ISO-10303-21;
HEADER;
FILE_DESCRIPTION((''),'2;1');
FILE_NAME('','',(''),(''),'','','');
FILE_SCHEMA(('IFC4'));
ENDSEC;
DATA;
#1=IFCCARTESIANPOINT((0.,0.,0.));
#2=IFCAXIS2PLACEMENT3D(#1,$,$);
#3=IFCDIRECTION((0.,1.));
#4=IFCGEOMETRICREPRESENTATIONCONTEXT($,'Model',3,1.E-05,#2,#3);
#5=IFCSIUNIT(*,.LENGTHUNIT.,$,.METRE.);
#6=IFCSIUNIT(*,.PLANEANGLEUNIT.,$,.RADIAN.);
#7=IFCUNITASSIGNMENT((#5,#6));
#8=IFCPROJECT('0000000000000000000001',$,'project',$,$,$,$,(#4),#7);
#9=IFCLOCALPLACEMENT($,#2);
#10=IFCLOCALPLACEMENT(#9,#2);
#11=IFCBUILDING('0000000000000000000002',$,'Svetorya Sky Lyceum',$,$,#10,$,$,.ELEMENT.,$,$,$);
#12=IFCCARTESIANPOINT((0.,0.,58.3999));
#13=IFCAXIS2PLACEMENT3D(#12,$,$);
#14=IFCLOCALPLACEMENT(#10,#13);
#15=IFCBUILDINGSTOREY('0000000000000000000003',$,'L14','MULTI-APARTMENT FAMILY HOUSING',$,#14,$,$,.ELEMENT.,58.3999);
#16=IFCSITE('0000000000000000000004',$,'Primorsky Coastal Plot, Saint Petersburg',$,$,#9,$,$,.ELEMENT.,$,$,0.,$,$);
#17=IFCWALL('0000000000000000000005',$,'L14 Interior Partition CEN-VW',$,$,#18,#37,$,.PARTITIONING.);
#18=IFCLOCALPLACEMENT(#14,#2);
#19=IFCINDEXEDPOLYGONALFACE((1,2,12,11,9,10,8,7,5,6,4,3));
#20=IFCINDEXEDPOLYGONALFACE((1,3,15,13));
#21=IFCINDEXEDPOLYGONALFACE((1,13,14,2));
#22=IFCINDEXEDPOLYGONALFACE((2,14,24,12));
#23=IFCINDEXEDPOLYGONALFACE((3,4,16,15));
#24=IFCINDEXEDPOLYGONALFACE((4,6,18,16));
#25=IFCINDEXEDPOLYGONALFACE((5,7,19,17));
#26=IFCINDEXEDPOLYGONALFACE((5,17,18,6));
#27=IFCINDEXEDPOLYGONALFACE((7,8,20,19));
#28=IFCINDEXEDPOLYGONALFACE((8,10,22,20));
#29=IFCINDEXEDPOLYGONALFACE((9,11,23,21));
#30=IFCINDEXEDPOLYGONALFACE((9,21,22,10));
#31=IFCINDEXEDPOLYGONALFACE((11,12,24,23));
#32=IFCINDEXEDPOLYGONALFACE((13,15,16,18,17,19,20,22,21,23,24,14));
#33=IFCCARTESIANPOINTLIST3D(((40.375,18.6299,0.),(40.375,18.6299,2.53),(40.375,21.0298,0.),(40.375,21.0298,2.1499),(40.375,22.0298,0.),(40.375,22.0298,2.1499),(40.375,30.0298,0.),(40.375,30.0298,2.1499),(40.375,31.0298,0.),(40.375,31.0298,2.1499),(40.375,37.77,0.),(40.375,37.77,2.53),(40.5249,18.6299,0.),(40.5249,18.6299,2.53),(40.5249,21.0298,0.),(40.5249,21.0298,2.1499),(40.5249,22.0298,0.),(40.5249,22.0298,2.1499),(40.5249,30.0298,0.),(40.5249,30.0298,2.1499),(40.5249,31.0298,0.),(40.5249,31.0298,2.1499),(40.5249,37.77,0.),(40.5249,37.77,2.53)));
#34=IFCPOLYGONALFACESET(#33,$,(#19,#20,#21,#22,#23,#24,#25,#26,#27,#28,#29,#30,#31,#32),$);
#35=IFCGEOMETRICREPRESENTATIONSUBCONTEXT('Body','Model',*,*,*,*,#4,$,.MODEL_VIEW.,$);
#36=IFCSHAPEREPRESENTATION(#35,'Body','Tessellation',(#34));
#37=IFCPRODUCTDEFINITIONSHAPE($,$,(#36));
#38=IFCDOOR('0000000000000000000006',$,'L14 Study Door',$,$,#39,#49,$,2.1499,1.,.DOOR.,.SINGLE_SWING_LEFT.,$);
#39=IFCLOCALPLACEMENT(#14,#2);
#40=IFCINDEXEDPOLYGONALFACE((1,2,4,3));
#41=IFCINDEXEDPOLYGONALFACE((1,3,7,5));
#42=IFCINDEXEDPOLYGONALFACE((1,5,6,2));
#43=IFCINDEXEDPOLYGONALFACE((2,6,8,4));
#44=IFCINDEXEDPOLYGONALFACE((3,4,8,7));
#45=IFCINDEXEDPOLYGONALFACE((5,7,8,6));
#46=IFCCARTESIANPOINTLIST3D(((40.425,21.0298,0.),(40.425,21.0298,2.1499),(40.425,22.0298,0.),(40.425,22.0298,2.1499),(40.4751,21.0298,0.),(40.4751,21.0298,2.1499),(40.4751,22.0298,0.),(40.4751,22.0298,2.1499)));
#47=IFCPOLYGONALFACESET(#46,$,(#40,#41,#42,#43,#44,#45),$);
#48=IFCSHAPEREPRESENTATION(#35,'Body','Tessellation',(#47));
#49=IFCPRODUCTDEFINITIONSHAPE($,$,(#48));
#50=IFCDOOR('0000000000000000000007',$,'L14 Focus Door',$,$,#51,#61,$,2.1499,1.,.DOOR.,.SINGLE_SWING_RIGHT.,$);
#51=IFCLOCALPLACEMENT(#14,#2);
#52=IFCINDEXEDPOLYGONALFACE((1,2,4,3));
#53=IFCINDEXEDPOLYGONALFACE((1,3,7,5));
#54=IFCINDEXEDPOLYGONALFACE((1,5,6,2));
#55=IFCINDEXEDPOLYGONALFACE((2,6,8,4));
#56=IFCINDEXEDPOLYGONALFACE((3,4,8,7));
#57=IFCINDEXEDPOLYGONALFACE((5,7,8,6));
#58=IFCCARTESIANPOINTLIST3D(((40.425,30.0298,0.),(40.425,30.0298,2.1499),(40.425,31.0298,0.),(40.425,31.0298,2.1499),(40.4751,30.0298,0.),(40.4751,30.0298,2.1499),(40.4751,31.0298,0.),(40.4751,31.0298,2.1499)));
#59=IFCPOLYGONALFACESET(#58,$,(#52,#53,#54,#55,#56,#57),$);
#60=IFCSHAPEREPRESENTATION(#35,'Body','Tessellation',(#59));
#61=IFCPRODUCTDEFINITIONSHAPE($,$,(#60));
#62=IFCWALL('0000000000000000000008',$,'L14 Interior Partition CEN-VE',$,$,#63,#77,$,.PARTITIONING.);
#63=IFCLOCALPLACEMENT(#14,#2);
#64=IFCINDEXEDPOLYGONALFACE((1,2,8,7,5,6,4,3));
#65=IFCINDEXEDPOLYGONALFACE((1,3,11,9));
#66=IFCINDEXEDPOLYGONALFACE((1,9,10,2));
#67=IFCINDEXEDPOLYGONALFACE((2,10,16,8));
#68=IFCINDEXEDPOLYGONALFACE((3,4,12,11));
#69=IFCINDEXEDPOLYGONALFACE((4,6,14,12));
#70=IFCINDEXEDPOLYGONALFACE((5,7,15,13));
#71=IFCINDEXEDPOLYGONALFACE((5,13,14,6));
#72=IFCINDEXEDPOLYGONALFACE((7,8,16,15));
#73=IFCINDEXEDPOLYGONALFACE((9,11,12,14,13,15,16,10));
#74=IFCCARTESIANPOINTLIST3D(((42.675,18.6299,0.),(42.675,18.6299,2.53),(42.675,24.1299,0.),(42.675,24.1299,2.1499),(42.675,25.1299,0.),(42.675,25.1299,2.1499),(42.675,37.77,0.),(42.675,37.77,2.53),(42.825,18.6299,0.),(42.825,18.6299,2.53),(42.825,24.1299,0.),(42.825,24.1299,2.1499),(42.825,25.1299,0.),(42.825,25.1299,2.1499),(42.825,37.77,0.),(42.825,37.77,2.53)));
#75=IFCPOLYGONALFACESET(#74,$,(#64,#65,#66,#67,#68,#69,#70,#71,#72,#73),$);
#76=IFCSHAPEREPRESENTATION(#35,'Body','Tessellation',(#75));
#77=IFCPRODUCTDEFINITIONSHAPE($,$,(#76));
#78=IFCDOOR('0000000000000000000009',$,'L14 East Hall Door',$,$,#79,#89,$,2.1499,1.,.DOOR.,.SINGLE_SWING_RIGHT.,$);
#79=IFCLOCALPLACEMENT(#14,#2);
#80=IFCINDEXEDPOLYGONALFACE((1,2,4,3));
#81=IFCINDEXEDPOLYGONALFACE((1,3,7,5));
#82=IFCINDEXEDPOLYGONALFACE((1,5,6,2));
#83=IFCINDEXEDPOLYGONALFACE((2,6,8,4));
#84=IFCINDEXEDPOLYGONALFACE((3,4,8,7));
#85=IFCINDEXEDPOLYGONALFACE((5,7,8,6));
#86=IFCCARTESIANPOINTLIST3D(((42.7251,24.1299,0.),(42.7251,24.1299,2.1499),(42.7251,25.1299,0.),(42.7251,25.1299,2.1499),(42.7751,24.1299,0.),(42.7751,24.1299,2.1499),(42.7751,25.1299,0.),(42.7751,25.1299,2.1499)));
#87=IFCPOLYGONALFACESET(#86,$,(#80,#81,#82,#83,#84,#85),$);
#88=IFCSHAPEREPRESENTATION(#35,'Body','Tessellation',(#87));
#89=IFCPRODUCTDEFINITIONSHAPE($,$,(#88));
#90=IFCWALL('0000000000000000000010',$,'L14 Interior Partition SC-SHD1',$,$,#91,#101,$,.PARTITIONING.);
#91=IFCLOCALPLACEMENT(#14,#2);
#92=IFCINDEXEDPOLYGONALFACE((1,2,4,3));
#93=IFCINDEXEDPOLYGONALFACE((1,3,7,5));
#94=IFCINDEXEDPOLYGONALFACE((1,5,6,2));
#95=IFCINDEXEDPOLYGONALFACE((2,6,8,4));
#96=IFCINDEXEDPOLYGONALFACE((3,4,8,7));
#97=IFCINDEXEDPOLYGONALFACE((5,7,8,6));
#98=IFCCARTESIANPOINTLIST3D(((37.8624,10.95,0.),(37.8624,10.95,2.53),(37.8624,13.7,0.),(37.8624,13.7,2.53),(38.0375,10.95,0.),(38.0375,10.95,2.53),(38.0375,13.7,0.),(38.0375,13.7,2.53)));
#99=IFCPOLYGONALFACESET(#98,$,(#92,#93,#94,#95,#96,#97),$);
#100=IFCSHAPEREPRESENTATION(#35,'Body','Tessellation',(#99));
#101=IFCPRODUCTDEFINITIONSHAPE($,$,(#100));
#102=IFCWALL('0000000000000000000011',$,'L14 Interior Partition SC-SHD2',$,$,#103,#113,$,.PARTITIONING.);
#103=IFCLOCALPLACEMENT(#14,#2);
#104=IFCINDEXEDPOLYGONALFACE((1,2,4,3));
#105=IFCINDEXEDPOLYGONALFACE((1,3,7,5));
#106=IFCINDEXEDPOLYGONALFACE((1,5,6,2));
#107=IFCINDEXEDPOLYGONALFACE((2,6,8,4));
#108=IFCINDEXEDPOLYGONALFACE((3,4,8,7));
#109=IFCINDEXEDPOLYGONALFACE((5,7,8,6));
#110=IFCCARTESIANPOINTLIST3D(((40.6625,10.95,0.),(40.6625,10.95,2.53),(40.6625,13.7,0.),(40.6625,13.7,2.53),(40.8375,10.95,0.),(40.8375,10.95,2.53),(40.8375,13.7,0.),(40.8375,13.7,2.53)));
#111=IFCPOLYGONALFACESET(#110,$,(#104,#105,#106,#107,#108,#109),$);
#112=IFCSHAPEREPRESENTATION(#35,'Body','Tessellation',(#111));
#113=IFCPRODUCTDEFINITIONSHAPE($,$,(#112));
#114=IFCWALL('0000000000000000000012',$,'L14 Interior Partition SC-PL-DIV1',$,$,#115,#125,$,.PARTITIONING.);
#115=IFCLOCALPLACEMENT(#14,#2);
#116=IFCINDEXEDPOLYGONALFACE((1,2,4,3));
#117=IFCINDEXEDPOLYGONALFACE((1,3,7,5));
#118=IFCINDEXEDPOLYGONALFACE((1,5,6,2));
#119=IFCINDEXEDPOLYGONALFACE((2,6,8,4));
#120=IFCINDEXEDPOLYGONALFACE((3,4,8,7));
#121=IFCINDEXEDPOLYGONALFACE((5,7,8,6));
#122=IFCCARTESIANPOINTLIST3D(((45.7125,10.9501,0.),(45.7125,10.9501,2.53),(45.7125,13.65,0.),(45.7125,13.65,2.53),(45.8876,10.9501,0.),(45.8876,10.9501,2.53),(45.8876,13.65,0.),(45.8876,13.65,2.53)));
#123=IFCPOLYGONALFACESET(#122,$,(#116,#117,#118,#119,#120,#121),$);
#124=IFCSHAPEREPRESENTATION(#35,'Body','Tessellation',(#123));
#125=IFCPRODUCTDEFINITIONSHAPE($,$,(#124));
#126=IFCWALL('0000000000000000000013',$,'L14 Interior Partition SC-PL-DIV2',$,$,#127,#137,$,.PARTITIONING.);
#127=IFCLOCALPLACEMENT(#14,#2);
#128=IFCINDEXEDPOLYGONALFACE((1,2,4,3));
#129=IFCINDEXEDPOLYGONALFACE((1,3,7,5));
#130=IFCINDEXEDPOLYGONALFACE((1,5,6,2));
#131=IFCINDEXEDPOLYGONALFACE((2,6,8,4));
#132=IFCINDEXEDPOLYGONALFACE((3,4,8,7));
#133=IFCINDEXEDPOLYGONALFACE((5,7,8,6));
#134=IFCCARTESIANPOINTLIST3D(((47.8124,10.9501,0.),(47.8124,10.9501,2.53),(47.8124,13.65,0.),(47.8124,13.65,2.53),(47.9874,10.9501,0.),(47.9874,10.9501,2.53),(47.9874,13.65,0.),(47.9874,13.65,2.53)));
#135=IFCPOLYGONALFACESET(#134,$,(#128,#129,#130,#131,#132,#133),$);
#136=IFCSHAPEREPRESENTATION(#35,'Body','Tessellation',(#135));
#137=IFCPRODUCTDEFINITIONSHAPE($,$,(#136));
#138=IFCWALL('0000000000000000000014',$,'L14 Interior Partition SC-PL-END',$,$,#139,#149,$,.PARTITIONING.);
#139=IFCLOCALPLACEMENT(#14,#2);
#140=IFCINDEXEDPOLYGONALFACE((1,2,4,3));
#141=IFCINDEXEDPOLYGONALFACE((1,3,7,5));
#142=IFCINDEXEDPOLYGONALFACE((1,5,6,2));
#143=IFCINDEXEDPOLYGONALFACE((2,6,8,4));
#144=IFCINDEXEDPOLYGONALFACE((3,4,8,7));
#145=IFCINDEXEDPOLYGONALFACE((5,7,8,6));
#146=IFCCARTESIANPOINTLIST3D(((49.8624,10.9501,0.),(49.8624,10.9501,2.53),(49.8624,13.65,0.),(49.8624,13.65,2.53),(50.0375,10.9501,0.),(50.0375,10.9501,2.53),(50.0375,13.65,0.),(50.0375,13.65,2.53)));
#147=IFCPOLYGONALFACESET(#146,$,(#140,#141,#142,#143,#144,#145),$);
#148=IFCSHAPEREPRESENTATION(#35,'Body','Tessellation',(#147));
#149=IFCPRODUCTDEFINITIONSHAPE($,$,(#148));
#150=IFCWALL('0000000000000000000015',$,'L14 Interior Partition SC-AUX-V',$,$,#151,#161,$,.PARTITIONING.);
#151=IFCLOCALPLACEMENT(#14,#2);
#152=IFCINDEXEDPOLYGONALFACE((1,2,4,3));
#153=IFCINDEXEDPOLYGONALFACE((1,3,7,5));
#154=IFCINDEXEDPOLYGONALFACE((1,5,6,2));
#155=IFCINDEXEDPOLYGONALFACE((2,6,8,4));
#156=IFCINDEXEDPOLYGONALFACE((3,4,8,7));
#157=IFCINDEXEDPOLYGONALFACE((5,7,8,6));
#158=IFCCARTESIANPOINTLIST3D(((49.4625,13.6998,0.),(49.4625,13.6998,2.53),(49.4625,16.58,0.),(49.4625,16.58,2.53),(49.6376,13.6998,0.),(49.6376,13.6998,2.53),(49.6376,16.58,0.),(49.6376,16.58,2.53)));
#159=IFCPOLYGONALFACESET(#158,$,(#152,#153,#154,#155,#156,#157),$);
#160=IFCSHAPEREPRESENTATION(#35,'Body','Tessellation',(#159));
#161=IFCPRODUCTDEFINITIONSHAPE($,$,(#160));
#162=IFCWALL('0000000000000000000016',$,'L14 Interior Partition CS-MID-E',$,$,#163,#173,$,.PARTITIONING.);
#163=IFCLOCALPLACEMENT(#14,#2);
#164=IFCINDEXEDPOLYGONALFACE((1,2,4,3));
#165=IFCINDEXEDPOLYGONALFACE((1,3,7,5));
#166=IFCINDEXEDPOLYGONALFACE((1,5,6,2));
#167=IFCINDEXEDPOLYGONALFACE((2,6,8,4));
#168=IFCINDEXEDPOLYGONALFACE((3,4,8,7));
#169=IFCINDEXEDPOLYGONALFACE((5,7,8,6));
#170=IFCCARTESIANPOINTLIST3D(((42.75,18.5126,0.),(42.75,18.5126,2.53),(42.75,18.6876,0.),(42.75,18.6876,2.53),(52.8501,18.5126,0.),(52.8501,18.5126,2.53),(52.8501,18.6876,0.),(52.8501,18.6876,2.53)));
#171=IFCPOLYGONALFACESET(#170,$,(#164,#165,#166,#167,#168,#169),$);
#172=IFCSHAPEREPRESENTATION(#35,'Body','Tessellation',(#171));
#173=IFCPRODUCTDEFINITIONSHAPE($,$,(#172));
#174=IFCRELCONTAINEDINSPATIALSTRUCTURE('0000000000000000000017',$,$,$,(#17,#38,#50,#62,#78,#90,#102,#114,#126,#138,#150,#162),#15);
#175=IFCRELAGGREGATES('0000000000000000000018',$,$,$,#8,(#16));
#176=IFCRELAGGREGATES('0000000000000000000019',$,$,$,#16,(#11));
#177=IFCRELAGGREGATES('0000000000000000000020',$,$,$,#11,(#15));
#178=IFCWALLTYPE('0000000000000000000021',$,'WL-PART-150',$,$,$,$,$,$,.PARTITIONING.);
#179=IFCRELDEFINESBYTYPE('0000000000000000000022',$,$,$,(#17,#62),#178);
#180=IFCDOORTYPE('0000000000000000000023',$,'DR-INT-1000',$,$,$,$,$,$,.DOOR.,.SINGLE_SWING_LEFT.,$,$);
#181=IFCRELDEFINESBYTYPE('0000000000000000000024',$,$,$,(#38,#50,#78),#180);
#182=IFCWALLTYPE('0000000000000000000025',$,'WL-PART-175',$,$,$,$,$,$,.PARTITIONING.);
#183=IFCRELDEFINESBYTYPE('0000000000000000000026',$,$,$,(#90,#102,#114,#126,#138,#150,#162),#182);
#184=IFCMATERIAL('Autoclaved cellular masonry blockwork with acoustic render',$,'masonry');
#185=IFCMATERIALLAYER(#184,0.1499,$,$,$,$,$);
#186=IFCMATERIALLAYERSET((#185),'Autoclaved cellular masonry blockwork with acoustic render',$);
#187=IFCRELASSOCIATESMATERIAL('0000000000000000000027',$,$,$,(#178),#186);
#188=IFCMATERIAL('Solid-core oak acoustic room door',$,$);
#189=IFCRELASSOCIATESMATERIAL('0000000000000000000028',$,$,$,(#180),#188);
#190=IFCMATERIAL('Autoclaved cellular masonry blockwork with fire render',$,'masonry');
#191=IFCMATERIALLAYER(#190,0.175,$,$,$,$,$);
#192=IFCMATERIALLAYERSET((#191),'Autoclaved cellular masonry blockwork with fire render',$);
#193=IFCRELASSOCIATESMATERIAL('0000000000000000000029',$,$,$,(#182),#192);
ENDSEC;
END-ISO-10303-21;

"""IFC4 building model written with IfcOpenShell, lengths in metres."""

from ifc_helpers import new_model, si_unit, direction, frame, frame_2d, origin, place, context, subcontext, project, spatial, rectangle, extrude, material, layer, layer_set, type_object, element, fill, save


model = new_model("IFC4")

# Units and contexts
model_context = context("Model", 3, precision=1e-05, world=origin(), true_north=direction((0.0, 1.0)))
body_context = subcontext(model_context, "Body", "Model", "MODEL_VIEW")
ifc_project = project(units=[si_unit("LENGTHUNIT", "METRE"), si_unit("PLANEANGLEUNIT", "RADIAN")], contexts=[model_context])

# Site, building, storey
site_placement = place(None, origin())
site = spatial("IfcSite", under=ifc_project, at=site_placement, Name="Primorsky Coastal Plot, Saint Petersburg", CompositionType="ELEMENT", RefElevation=0.0)
building_placement = place(site_placement, origin())
building = spatial("IfcBuilding", under=site, at=building_placement, Name="Svetorya Sky Lyceum", CompositionType="ELEMENT")
storey_placement = place(building_placement, frame((0.0, 0.0, 58.3999)))
storey = spatial("IfcBuildingStorey", under=building, at=storey_placement, Name="L14", Description="MULTI-APARTMENT FAMILY HOUSING", CompositionType="ELEMENT", Elevation=58.3999)

# Wall, openings, doors
ifc_material_1 = material(Name="Autoclaved cellular masonry blockwork with acoustic render", Category="masonry")
ifc_layer_1 = layer(ifc_material_1, 0.1499)
ifc_layer_set_1 = layer_set([ifc_layer_1], Name="Autoclaved cellular masonry blockwork with acoustic render")
wall_type_1 = type_object("IfcWallType", Name="WL-PART-150", PredefinedType="PARTITIONING", material=ifc_layer_set_1)
wall_1_placement = place(storey_placement, frame((40.45, 18.6299, 0.0), z_axis=(0.0, 0.0, 1.0), x_axis=(0.0, 1.0, 0.0)))
wall_1 = element("IfcWall", 1, at=wall_1_placement, inside=storey, type_object=wall_type_1, Name="L14 Interior Partition CEN-VW", PredefinedType="PARTITIONING", context=body_context, shape_type="SweptSolid", body=[
    extrude(rectangle(XDim=19.1401, YDim=0.1499, at=frame_2d((9.5701, 0.0))), origin(), (0.0, 0.0, 1.0), 2.53),
])
opening_1_placement = place(wall_1_placement, frame((2.3999, 0.0, 0.0)))
opening_1 = element("IfcOpeningElement", 2, at=opening_1_placement, cuts=wall_1, PredefinedType="OPENING", context=body_context, shape_type="SweptSolid", body=[
    extrude(rectangle(XDim=1.0, YDim=2.1499, at=frame_2d((0.5, 1.075))), frame((0.0, 0.085, 0.0), z_axis=(0.0, -1.0, 0.0), x_axis=(1.0, 0.0, 0.0)), (0.0, 0.0, 1.0), 0.1699),
])
opening_2_placement = place(wall_1_placement, frame((11.3999, 0.0, 0.0)))
opening_2 = element("IfcOpeningElement", 3, at=opening_2_placement, cuts=wall_1, PredefinedType="OPENING", context=body_context, shape_type="SweptSolid", body=[
    extrude(rectangle(XDim=1.0, YDim=2.1499, at=frame_2d((0.5, 1.075))), frame((0.0, 0.085, 0.0), z_axis=(0.0, -1.0, 0.0), x_axis=(1.0, 0.0, 0.0)), (0.0, 0.0, 1.0), 0.1699),
])
ifc_material_2 = material(Name="Solid-core oak acoustic room door")
door_type_1 = type_object("IfcDoorType", Name="DR-INT-1000", OperationType="SINGLE_SWING_LEFT", PredefinedType="DOOR", material=ifc_material_2)
door_1_placement = place(opening_1_placement, origin())
door_1 = element("IfcDoor", 4, at=door_1_placement, inside=storey, type_object=door_type_1, Name="L14 Study Door", OperationType="SINGLE_SWING_LEFT", OverallHeight=2.1499, OverallWidth=1.0, PredefinedType="DOOR", context=body_context, shape_type="SweptSolid", body=[
    extrude(rectangle(XDim=1.0, YDim=2.1499, at=frame_2d((0.5, 1.075))), frame((0.0, 0.0249, 0.0), z_axis=(0.0, -1.0, 0.0), x_axis=(1.0, 0.0, 0.0)), (0.0, 0.0, 1.0), 0.05),
])
fill(opening_1, door_1)
door_2_placement = place(opening_2_placement, origin())
door_2 = element("IfcDoor", 5, at=door_2_placement, inside=storey, type_object=door_type_1, Name="L14 Focus Door", OperationType="SINGLE_SWING_RIGHT", OverallHeight=2.1499, OverallWidth=1.0, PredefinedType="DOOR", context=body_context, shape_type="SweptSolid", body=[
    extrude(rectangle(XDim=1.0, YDim=2.1499, at=frame_2d((0.5, 1.075))), frame((0.0, 0.0249, 0.0), z_axis=(0.0, -1.0, 0.0), x_axis=(1.0, 0.0, 0.0)), (0.0, 0.0, 1.0), 0.05),
])
fill(opening_2, door_2)

# Wall, opening, door
wall_2_placement = place(storey_placement, frame((42.75, 18.6299, 0.0), z_axis=(0.0, 0.0, 1.0), x_axis=(0.0, 1.0, 0.0)))
wall_2 = element("IfcWall", 6, at=wall_2_placement, inside=storey, type_object=wall_type_1, Name="L14 Interior Partition CEN-VE", PredefinedType="PARTITIONING", context=body_context, shape_type="SweptSolid", body=[
    extrude(rectangle(XDim=19.1401, YDim=0.1499, at=frame_2d((9.5701, 0.0))), origin(), (0.0, 0.0, 1.0), 2.53),
])
opening_3_placement = place(wall_2_placement, frame((5.5, 0.0, 0.0)))
opening_3 = element("IfcOpeningElement", 7, at=opening_3_placement, cuts=wall_2, PredefinedType="OPENING", context=body_context, shape_type="SweptSolid", body=[
    extrude(rectangle(XDim=1.0, YDim=2.1499, at=frame_2d((0.5, 1.075))), frame((0.0, 0.085, 0.0), z_axis=(0.0, -1.0, 0.0), x_axis=(1.0, 0.0, 0.0)), (0.0, 0.0, 1.0), 0.1699),
])
door_3_placement = place(opening_3_placement, origin())
door_3 = element("IfcDoor", 8, at=door_3_placement, inside=storey, type_object=door_type_1, Name="L14 East Hall Door", OperationType="SINGLE_SWING_RIGHT", OverallHeight=2.1499, OverallWidth=1.0, PredefinedType="DOOR", context=body_context, shape_type="SweptSolid", body=[
    extrude(rectangle(XDim=1.0, YDim=2.1499, at=frame_2d((0.5, 1.075))), frame((0.0, 0.0249, 0.0), z_axis=(0.0, -1.0, 0.0), x_axis=(1.0, 0.0, 0.0)), (0.0, 0.0, 1.0), 0.05),
])
fill(opening_3, door_3)

# Walls
ifc_material_3 = material(Name="Autoclaved cellular masonry blockwork with fire render", Category="masonry")
ifc_layer_2 = layer(ifc_material_3, 0.175)
ifc_layer_set_2 = layer_set([ifc_layer_2], Name="Autoclaved cellular masonry blockwork with fire render")
wall_type_2 = type_object("IfcWallType", Name="WL-PART-175", PredefinedType="PARTITIONING", material=ifc_layer_set_2)
for number, where, z_axis, x_axis, name in (
    (9, (37.95, 10.95, 0.0), (0.0, 0.0, 1.0), (0.0, 1.0, 0.0), "L14 Interior Partition SC-SHD1"),
    (10, (40.75, 10.95, 0.0), (0.0, 0.0, 1.0), (0.0, 1.0, 0.0), "L14 Interior Partition SC-SHD2"),
):
    element("IfcWall", number, at=place(storey_placement, frame(where, z_axis=z_axis, x_axis=x_axis)), inside=storey, type_object=wall_type_2, Name=name, PredefinedType="PARTITIONING", context=body_context, shape_type="SweptSolid", body=[
        extrude(rectangle(XDim=2.75, YDim=0.175, at=frame_2d((1.375, 0.0))), origin(), (0.0, 0.0, 1.0), 2.53),
    ])
for number, where, z_axis, x_axis, name in (
    (11, (45.8, 10.95, 0.0), (0.0, 0.0, 1.0), (0.0, 1.0, 0.0), "L14 Interior Partition SC-PL-DIV1"),
    (12, (47.8999, 10.95, 0.0), (0.0, 0.0, 1.0), (0.0, 1.0, 0.0), "L14 Interior Partition SC-PL-DIV2"),
    (13, (49.95, 10.95, 0.0), (0.0, 0.0, 1.0), (0.0, 1.0, 0.0), "L14 Interior Partition SC-PL-END"),
):
    element("IfcWall", number, at=place(storey_placement, frame(where, z_axis=z_axis, x_axis=x_axis)), inside=storey, type_object=wall_type_2, Name=name, PredefinedType="PARTITIONING", context=body_context, shape_type="SweptSolid", body=[
        extrude(rectangle(XDim=2.7, YDim=0.175, at=frame_2d((1.3501, 0.0))), origin(), (0.0, 0.0, 1.0), 2.53),
    ])
wall_3_placement = place(storey_placement, frame((49.55, 13.7, 0.0), z_axis=(0.0, 0.0, 1.0), x_axis=(0.0, 1.0, 0.0)))
element("IfcWall", 14, at=wall_3_placement, inside=storey, type_object=wall_type_2, Name="L14 Interior Partition SC-AUX-V", PredefinedType="PARTITIONING", context=body_context, shape_type="SweptSolid", body=[
    extrude(rectangle(XDim=2.8801, YDim=0.175, at=frame_2d((1.4399, 0.0))), origin(), (0.0, 0.0, 1.0), 2.53),
])
wall_4_placement = place(storey_placement, frame((42.75, 18.6001, 0.0), z_axis=(0.0, 0.0, 1.0), x_axis=(1.0, 0.0, 0.0)))
element("IfcWall", 15, at=wall_4_placement, inside=storey, type_object=wall_type_2, Name="L14 Interior Partition CS-MID-E", PredefinedType="PARTITIONING", context=body_context, shape_type="SweptSolid", body=[
    extrude(rectangle(XDim=10.1001, YDim=0.175, at=frame_2d((5.05, 0.0))), origin(), (0.0, 0.0, 1.0), 2.53),
])

save(model, "model.ifc")
